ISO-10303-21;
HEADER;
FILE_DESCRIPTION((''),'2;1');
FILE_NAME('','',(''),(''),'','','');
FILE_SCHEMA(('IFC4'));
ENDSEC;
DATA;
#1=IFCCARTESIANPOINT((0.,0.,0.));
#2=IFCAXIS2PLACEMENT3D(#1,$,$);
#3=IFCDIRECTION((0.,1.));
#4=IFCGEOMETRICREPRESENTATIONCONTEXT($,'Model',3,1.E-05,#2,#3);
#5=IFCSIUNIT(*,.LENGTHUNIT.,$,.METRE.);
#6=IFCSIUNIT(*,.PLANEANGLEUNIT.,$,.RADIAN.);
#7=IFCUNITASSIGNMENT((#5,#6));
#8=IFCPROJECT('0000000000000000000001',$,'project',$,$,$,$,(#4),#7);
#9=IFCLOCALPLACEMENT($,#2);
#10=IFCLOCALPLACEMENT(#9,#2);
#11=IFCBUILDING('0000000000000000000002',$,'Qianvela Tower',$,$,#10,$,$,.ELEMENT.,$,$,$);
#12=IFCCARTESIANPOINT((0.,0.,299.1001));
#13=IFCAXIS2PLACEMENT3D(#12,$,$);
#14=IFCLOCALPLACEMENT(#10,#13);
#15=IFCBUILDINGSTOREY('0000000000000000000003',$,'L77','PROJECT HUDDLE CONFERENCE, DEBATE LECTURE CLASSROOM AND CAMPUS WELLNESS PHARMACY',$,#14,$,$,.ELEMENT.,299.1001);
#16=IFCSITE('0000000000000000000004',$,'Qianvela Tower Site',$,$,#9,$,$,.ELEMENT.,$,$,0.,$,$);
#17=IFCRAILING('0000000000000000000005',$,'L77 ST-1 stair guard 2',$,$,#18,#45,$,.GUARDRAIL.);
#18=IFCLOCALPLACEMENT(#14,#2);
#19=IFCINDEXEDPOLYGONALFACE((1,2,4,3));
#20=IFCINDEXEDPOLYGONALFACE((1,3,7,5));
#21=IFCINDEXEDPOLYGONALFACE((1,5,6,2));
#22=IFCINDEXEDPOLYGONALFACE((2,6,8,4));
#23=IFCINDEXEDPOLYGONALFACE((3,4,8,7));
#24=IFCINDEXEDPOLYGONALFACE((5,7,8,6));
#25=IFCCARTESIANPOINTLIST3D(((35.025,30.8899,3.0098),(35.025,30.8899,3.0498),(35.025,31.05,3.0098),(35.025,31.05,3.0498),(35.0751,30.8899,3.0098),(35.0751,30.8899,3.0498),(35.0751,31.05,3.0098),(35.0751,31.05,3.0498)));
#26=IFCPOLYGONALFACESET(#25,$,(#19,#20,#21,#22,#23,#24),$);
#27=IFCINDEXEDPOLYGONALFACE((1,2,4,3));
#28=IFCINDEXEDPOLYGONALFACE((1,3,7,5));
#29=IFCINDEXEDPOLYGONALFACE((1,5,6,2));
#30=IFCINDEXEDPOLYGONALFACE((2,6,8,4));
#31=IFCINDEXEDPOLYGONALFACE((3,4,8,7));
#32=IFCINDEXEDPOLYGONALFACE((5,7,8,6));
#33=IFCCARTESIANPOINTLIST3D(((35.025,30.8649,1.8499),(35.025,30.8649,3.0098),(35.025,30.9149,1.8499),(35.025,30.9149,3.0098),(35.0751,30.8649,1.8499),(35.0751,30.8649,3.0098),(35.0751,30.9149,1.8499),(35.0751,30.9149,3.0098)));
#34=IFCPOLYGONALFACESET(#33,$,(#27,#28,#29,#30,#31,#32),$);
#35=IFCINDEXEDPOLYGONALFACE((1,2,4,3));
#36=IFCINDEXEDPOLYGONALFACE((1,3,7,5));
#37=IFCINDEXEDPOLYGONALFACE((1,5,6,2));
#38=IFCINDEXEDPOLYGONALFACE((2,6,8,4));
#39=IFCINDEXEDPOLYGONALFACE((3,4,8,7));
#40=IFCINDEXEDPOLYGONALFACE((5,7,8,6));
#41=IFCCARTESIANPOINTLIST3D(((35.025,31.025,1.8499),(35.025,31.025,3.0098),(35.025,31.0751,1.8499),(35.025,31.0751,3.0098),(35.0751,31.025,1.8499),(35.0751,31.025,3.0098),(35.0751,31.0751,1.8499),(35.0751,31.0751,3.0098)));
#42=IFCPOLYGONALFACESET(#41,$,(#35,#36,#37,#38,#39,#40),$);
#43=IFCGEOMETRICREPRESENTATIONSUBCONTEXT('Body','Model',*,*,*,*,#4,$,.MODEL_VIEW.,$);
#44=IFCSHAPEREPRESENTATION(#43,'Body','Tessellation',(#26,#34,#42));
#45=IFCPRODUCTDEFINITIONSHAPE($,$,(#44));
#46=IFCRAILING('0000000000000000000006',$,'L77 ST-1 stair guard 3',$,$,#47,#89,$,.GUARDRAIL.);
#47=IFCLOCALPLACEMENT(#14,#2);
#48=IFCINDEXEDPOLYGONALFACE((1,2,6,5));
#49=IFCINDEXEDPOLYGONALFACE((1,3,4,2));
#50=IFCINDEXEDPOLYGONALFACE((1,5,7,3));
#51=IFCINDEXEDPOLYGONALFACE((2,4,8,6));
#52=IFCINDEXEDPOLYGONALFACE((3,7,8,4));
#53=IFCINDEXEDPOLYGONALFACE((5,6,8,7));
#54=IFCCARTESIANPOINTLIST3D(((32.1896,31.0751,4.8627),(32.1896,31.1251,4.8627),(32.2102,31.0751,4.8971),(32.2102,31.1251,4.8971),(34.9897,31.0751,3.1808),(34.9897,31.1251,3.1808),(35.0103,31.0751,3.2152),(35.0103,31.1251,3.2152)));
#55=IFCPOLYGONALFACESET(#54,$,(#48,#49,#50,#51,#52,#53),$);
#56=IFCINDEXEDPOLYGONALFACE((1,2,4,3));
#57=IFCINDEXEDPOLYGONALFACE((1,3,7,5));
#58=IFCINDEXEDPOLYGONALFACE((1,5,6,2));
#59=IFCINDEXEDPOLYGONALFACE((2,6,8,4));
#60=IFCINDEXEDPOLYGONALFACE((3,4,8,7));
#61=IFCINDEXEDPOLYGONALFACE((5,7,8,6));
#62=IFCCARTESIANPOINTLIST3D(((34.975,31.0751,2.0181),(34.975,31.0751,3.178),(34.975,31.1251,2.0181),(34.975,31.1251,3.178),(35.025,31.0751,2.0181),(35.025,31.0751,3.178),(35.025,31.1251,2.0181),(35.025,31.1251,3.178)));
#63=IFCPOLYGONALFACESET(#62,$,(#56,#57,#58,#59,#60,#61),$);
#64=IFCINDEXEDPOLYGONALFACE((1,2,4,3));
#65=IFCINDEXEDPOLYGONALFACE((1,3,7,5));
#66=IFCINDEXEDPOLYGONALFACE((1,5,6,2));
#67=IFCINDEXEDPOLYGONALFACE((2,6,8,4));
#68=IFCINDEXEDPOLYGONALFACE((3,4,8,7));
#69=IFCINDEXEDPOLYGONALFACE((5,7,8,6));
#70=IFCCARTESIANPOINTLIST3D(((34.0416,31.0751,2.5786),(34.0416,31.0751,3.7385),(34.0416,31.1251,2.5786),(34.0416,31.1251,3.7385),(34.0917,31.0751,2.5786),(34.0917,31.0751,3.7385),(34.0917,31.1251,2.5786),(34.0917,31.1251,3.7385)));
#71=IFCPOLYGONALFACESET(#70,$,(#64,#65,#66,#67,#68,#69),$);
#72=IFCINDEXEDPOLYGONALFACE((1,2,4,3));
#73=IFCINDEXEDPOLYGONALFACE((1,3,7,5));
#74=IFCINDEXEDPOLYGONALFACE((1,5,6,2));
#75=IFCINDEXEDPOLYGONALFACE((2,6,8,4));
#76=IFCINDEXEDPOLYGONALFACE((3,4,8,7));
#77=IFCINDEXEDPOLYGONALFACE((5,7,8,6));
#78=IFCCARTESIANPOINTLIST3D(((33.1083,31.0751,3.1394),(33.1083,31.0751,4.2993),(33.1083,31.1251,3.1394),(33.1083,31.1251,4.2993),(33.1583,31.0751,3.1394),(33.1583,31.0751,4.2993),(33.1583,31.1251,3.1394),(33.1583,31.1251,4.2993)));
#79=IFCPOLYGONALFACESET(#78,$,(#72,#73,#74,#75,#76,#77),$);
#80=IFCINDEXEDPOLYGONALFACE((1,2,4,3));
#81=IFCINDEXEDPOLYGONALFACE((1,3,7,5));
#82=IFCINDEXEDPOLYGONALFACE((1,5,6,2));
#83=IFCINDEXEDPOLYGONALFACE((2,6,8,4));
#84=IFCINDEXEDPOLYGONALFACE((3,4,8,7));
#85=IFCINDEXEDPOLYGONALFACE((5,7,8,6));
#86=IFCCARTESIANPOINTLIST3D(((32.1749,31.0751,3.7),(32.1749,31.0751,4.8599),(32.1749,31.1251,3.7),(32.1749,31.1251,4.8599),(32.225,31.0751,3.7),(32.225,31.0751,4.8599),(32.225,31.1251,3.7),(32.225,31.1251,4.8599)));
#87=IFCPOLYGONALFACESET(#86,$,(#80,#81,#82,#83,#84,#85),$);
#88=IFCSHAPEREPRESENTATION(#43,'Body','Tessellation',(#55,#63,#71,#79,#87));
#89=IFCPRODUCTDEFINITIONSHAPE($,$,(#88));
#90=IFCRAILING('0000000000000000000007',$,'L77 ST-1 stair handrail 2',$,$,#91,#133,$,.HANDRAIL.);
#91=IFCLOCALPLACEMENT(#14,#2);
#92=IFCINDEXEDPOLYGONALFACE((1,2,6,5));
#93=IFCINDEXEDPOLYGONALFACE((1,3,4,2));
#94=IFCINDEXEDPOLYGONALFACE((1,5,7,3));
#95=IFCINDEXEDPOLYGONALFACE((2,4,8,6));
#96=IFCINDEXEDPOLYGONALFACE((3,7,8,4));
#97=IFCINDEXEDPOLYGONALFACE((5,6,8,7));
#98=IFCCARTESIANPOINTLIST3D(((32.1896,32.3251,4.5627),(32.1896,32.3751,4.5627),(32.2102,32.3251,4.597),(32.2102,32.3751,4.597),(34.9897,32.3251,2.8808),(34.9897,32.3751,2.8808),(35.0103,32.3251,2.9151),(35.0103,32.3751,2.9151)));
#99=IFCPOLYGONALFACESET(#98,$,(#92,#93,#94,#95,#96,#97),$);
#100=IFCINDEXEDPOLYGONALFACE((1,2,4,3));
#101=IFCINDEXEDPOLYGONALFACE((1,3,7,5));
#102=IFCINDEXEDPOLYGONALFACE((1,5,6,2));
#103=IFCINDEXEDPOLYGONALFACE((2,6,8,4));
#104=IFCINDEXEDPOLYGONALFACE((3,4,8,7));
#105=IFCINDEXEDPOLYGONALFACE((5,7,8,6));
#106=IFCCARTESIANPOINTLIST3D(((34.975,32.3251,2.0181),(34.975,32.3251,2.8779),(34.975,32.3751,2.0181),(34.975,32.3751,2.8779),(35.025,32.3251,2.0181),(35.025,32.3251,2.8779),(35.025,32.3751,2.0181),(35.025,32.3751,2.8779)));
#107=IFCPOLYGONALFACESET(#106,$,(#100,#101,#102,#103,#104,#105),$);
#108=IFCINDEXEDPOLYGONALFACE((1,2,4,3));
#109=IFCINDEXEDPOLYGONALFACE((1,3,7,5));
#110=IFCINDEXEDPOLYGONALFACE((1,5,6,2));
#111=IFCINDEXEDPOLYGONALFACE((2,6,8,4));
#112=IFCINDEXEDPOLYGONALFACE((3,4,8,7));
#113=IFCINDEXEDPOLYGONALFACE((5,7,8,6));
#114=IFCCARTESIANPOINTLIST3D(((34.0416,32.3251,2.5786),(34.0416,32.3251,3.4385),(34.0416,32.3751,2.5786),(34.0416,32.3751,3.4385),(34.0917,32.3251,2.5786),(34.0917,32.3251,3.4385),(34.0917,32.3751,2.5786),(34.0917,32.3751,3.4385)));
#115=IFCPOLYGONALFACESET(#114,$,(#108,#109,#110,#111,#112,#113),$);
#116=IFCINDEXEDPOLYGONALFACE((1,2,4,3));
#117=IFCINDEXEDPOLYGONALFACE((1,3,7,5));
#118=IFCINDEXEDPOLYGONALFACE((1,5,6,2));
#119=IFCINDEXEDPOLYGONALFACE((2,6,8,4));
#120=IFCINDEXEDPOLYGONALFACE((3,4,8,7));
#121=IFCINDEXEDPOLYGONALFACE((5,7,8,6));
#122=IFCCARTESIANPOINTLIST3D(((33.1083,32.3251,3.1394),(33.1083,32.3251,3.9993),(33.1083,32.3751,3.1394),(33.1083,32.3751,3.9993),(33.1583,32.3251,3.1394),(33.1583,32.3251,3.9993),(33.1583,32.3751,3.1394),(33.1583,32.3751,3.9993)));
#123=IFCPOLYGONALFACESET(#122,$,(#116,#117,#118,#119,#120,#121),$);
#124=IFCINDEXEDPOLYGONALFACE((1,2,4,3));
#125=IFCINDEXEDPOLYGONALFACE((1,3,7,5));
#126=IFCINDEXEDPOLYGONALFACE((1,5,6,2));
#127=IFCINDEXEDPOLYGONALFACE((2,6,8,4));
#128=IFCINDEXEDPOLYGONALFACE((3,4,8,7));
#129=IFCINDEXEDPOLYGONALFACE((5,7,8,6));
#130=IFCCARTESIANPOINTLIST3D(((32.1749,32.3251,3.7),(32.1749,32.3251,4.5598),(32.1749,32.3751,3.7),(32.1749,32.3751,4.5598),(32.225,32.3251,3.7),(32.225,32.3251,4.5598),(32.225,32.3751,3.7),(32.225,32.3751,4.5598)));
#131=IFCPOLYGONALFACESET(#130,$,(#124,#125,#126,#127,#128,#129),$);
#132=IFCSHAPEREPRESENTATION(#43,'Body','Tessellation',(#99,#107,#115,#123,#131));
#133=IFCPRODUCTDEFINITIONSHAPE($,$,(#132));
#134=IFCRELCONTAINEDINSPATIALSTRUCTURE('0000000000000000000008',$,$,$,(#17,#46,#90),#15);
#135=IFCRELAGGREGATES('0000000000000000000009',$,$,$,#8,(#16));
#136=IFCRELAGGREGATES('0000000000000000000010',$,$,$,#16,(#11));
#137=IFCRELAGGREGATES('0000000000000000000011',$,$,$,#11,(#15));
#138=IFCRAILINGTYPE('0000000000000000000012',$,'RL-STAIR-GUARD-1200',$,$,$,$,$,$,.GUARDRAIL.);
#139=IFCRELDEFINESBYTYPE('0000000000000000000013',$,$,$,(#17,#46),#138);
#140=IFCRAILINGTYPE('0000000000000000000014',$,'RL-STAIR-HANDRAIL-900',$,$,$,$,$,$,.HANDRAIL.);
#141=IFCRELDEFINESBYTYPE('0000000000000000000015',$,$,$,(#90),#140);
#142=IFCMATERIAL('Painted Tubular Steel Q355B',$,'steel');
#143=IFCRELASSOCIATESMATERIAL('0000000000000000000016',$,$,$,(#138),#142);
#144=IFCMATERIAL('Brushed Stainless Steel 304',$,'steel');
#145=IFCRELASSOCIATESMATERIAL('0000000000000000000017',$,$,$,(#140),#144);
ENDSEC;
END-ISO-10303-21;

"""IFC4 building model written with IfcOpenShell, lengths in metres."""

from ifc_helpers import new_model, si_unit, direction, frame, origin, origin_2d, place, context, subcontext, project, spatial, rectangle, extrude, material, type_object, element, save


model = new_model("IFC4")

# Units and contexts
model_context = context("Model", 3, precision=1e-05, world=origin(), true_north=direction((0.0, 1.0)))
body_context = subcontext(model_context, "Body", "Model", "MODEL_VIEW")
ifc_project = project(units=[si_unit("LENGTHUNIT", "METRE"), si_unit("PLANEANGLEUNIT", "RADIAN")], contexts=[model_context])

# Site, building, storey
site_placement = place(None, origin())
site = spatial("IfcSite", under=ifc_project, at=site_placement, Name="Qianvela Tower Site", CompositionType="ELEMENT", RefElevation=0.0)
building_placement = place(site_placement, origin())
building = spatial("IfcBuilding", under=site, at=building_placement, Name="Qianvela Tower", CompositionType="ELEMENT")
storey_placement = place(building_placement, frame((0.0, 0.0, 299.1001)))
storey = spatial("IfcBuildingStorey", under=building, at=storey_placement, Name="L77", Description="PROJECT HUDDLE CONFERENCE, DEBATE LECTURE CLASSROOM AND CAMPUS WELLNESS PHARMACY", CompositionType="ELEMENT", Elevation=299.1001)

# Railings
ifc_material_1 = material(Name="Painted Tubular Steel Q355B", Category="steel")
railing_type_1 = type_object("IfcRailingType", Name="RL-STAIR-GUARD-1200", PredefinedType="GUARDRAIL", material=ifc_material_1)
railing_1_placement = place(storey_placement, frame((35.05, 30.8899, 1.8499)))
element("IfcRailing", 1, at=railing_1_placement, inside=storey, type_object=railing_type_1, Name="L77 ST-1 stair guard 2", PredefinedType="GUARDRAIL", context=body_context, shape_type="SweptSolid", body=[
    extrude(rectangle(XDim=0.05, YDim=0.04, at=origin_2d()), frame((0.0, 0.0, 1.1799), z_axis=(0.0, 1.0, 0.0), x_axis=(-1.0, 0.0, 0.0)), (0.0, 0.0, 1.0), 0.1602),
    extrude(rectangle(XDim=0.05, YDim=0.05, at=origin_2d()), origin(), (0.0, 0.0, 1.0), 1.1599),
    extrude(rectangle(XDim=0.05, YDim=0.05, at=origin_2d()), frame((0.0, 0.1602, 0.0)), (0.0, 0.0, 1.0), 1.1599),
])
railing_2_placement = place(storey_placement, frame((35.0, 31.1001, 2.0181)))
element("IfcRailing", 2, at=railing_2_placement, inside=storey, type_object=railing_type_1, Name="L77 ST-1 stair guard 3", PredefinedType="GUARDRAIL", context=body_context, shape_type="SweptSolid", body=[
    extrude(rectangle(XDim=0.05, YDim=0.04, at=origin_2d()), frame((0.0, 0.0, 1.1799), z_axis=(-0.857242, 0.0, 0.514913), x_axis=(0.0, -1.0, 0.0)), (0.0, 0.0, 1.0), 3.2664),
    extrude(rectangle(XDim=0.05, YDim=0.05, at=origin_2d()), origin(), (0.0, 0.0, 1.0), 1.1599),
    extrude(rectangle(XDim=0.05, YDim=0.05, at=origin_2d()), frame((-0.9333, 0.0, 0.5605)), (0.0, 0.0, 1.0), 1.1599),
    extrude(rectangle(XDim=0.05, YDim=0.05, at=origin_2d()), frame((-1.8667, 0.0, 1.1213)), (0.0, 0.0, 1.0), 1.1599),
    extrude(rectangle(XDim=0.05, YDim=0.05, at=origin_2d()), frame((-2.8, 0.0, 1.6819)), (0.0, 0.0, 1.0), 1.1599),
])
ifc_material_2 = material(Name="Brushed Stainless Steel 304", Category="steel")
railing_type_2 = type_object("IfcRailingType", Name="RL-STAIR-HANDRAIL-900", PredefinedType="HANDRAIL", material=ifc_material_2)
railing_3_placement = place(storey_placement, frame((35.0, 32.3501, 2.0181)))
element("IfcRailing", 3, at=railing_3_placement, inside=storey, type_object=railing_type_2, Name="L77 ST-1 stair handrail 2", PredefinedType="HANDRAIL", context=body_context, shape_type="SweptSolid", body=[
    extrude(rectangle(XDim=0.05, YDim=0.04, at=origin_2d()), frame((0.0, 0.0, 0.8799), z_axis=(-0.857242, 0.0, 0.514913), x_axis=(0.0, -1.0, 0.0)), (0.0, 0.0, 1.0), 3.2664),
    extrude(rectangle(XDim=0.05, YDim=0.05, at=origin_2d()), origin(), (0.0, 0.0, 1.0), 0.8599),
    extrude(rectangle(XDim=0.05, YDim=0.05, at=origin_2d()), frame((-0.9333, 0.0, 0.5605)), (0.0, 0.0, 1.0), 0.8599),
    extrude(rectangle(XDim=0.05, YDim=0.05, at=origin_2d()), frame((-1.8667, 0.0, 1.1213)), (0.0, 0.0, 1.0), 0.8599),
    extrude(rectangle(XDim=0.05, YDim=0.05, at=origin_2d()), frame((-2.8, 0.0, 1.6819)), (0.0, 0.0, 1.0), 0.8599),
])

save(model, "model.ifc")
